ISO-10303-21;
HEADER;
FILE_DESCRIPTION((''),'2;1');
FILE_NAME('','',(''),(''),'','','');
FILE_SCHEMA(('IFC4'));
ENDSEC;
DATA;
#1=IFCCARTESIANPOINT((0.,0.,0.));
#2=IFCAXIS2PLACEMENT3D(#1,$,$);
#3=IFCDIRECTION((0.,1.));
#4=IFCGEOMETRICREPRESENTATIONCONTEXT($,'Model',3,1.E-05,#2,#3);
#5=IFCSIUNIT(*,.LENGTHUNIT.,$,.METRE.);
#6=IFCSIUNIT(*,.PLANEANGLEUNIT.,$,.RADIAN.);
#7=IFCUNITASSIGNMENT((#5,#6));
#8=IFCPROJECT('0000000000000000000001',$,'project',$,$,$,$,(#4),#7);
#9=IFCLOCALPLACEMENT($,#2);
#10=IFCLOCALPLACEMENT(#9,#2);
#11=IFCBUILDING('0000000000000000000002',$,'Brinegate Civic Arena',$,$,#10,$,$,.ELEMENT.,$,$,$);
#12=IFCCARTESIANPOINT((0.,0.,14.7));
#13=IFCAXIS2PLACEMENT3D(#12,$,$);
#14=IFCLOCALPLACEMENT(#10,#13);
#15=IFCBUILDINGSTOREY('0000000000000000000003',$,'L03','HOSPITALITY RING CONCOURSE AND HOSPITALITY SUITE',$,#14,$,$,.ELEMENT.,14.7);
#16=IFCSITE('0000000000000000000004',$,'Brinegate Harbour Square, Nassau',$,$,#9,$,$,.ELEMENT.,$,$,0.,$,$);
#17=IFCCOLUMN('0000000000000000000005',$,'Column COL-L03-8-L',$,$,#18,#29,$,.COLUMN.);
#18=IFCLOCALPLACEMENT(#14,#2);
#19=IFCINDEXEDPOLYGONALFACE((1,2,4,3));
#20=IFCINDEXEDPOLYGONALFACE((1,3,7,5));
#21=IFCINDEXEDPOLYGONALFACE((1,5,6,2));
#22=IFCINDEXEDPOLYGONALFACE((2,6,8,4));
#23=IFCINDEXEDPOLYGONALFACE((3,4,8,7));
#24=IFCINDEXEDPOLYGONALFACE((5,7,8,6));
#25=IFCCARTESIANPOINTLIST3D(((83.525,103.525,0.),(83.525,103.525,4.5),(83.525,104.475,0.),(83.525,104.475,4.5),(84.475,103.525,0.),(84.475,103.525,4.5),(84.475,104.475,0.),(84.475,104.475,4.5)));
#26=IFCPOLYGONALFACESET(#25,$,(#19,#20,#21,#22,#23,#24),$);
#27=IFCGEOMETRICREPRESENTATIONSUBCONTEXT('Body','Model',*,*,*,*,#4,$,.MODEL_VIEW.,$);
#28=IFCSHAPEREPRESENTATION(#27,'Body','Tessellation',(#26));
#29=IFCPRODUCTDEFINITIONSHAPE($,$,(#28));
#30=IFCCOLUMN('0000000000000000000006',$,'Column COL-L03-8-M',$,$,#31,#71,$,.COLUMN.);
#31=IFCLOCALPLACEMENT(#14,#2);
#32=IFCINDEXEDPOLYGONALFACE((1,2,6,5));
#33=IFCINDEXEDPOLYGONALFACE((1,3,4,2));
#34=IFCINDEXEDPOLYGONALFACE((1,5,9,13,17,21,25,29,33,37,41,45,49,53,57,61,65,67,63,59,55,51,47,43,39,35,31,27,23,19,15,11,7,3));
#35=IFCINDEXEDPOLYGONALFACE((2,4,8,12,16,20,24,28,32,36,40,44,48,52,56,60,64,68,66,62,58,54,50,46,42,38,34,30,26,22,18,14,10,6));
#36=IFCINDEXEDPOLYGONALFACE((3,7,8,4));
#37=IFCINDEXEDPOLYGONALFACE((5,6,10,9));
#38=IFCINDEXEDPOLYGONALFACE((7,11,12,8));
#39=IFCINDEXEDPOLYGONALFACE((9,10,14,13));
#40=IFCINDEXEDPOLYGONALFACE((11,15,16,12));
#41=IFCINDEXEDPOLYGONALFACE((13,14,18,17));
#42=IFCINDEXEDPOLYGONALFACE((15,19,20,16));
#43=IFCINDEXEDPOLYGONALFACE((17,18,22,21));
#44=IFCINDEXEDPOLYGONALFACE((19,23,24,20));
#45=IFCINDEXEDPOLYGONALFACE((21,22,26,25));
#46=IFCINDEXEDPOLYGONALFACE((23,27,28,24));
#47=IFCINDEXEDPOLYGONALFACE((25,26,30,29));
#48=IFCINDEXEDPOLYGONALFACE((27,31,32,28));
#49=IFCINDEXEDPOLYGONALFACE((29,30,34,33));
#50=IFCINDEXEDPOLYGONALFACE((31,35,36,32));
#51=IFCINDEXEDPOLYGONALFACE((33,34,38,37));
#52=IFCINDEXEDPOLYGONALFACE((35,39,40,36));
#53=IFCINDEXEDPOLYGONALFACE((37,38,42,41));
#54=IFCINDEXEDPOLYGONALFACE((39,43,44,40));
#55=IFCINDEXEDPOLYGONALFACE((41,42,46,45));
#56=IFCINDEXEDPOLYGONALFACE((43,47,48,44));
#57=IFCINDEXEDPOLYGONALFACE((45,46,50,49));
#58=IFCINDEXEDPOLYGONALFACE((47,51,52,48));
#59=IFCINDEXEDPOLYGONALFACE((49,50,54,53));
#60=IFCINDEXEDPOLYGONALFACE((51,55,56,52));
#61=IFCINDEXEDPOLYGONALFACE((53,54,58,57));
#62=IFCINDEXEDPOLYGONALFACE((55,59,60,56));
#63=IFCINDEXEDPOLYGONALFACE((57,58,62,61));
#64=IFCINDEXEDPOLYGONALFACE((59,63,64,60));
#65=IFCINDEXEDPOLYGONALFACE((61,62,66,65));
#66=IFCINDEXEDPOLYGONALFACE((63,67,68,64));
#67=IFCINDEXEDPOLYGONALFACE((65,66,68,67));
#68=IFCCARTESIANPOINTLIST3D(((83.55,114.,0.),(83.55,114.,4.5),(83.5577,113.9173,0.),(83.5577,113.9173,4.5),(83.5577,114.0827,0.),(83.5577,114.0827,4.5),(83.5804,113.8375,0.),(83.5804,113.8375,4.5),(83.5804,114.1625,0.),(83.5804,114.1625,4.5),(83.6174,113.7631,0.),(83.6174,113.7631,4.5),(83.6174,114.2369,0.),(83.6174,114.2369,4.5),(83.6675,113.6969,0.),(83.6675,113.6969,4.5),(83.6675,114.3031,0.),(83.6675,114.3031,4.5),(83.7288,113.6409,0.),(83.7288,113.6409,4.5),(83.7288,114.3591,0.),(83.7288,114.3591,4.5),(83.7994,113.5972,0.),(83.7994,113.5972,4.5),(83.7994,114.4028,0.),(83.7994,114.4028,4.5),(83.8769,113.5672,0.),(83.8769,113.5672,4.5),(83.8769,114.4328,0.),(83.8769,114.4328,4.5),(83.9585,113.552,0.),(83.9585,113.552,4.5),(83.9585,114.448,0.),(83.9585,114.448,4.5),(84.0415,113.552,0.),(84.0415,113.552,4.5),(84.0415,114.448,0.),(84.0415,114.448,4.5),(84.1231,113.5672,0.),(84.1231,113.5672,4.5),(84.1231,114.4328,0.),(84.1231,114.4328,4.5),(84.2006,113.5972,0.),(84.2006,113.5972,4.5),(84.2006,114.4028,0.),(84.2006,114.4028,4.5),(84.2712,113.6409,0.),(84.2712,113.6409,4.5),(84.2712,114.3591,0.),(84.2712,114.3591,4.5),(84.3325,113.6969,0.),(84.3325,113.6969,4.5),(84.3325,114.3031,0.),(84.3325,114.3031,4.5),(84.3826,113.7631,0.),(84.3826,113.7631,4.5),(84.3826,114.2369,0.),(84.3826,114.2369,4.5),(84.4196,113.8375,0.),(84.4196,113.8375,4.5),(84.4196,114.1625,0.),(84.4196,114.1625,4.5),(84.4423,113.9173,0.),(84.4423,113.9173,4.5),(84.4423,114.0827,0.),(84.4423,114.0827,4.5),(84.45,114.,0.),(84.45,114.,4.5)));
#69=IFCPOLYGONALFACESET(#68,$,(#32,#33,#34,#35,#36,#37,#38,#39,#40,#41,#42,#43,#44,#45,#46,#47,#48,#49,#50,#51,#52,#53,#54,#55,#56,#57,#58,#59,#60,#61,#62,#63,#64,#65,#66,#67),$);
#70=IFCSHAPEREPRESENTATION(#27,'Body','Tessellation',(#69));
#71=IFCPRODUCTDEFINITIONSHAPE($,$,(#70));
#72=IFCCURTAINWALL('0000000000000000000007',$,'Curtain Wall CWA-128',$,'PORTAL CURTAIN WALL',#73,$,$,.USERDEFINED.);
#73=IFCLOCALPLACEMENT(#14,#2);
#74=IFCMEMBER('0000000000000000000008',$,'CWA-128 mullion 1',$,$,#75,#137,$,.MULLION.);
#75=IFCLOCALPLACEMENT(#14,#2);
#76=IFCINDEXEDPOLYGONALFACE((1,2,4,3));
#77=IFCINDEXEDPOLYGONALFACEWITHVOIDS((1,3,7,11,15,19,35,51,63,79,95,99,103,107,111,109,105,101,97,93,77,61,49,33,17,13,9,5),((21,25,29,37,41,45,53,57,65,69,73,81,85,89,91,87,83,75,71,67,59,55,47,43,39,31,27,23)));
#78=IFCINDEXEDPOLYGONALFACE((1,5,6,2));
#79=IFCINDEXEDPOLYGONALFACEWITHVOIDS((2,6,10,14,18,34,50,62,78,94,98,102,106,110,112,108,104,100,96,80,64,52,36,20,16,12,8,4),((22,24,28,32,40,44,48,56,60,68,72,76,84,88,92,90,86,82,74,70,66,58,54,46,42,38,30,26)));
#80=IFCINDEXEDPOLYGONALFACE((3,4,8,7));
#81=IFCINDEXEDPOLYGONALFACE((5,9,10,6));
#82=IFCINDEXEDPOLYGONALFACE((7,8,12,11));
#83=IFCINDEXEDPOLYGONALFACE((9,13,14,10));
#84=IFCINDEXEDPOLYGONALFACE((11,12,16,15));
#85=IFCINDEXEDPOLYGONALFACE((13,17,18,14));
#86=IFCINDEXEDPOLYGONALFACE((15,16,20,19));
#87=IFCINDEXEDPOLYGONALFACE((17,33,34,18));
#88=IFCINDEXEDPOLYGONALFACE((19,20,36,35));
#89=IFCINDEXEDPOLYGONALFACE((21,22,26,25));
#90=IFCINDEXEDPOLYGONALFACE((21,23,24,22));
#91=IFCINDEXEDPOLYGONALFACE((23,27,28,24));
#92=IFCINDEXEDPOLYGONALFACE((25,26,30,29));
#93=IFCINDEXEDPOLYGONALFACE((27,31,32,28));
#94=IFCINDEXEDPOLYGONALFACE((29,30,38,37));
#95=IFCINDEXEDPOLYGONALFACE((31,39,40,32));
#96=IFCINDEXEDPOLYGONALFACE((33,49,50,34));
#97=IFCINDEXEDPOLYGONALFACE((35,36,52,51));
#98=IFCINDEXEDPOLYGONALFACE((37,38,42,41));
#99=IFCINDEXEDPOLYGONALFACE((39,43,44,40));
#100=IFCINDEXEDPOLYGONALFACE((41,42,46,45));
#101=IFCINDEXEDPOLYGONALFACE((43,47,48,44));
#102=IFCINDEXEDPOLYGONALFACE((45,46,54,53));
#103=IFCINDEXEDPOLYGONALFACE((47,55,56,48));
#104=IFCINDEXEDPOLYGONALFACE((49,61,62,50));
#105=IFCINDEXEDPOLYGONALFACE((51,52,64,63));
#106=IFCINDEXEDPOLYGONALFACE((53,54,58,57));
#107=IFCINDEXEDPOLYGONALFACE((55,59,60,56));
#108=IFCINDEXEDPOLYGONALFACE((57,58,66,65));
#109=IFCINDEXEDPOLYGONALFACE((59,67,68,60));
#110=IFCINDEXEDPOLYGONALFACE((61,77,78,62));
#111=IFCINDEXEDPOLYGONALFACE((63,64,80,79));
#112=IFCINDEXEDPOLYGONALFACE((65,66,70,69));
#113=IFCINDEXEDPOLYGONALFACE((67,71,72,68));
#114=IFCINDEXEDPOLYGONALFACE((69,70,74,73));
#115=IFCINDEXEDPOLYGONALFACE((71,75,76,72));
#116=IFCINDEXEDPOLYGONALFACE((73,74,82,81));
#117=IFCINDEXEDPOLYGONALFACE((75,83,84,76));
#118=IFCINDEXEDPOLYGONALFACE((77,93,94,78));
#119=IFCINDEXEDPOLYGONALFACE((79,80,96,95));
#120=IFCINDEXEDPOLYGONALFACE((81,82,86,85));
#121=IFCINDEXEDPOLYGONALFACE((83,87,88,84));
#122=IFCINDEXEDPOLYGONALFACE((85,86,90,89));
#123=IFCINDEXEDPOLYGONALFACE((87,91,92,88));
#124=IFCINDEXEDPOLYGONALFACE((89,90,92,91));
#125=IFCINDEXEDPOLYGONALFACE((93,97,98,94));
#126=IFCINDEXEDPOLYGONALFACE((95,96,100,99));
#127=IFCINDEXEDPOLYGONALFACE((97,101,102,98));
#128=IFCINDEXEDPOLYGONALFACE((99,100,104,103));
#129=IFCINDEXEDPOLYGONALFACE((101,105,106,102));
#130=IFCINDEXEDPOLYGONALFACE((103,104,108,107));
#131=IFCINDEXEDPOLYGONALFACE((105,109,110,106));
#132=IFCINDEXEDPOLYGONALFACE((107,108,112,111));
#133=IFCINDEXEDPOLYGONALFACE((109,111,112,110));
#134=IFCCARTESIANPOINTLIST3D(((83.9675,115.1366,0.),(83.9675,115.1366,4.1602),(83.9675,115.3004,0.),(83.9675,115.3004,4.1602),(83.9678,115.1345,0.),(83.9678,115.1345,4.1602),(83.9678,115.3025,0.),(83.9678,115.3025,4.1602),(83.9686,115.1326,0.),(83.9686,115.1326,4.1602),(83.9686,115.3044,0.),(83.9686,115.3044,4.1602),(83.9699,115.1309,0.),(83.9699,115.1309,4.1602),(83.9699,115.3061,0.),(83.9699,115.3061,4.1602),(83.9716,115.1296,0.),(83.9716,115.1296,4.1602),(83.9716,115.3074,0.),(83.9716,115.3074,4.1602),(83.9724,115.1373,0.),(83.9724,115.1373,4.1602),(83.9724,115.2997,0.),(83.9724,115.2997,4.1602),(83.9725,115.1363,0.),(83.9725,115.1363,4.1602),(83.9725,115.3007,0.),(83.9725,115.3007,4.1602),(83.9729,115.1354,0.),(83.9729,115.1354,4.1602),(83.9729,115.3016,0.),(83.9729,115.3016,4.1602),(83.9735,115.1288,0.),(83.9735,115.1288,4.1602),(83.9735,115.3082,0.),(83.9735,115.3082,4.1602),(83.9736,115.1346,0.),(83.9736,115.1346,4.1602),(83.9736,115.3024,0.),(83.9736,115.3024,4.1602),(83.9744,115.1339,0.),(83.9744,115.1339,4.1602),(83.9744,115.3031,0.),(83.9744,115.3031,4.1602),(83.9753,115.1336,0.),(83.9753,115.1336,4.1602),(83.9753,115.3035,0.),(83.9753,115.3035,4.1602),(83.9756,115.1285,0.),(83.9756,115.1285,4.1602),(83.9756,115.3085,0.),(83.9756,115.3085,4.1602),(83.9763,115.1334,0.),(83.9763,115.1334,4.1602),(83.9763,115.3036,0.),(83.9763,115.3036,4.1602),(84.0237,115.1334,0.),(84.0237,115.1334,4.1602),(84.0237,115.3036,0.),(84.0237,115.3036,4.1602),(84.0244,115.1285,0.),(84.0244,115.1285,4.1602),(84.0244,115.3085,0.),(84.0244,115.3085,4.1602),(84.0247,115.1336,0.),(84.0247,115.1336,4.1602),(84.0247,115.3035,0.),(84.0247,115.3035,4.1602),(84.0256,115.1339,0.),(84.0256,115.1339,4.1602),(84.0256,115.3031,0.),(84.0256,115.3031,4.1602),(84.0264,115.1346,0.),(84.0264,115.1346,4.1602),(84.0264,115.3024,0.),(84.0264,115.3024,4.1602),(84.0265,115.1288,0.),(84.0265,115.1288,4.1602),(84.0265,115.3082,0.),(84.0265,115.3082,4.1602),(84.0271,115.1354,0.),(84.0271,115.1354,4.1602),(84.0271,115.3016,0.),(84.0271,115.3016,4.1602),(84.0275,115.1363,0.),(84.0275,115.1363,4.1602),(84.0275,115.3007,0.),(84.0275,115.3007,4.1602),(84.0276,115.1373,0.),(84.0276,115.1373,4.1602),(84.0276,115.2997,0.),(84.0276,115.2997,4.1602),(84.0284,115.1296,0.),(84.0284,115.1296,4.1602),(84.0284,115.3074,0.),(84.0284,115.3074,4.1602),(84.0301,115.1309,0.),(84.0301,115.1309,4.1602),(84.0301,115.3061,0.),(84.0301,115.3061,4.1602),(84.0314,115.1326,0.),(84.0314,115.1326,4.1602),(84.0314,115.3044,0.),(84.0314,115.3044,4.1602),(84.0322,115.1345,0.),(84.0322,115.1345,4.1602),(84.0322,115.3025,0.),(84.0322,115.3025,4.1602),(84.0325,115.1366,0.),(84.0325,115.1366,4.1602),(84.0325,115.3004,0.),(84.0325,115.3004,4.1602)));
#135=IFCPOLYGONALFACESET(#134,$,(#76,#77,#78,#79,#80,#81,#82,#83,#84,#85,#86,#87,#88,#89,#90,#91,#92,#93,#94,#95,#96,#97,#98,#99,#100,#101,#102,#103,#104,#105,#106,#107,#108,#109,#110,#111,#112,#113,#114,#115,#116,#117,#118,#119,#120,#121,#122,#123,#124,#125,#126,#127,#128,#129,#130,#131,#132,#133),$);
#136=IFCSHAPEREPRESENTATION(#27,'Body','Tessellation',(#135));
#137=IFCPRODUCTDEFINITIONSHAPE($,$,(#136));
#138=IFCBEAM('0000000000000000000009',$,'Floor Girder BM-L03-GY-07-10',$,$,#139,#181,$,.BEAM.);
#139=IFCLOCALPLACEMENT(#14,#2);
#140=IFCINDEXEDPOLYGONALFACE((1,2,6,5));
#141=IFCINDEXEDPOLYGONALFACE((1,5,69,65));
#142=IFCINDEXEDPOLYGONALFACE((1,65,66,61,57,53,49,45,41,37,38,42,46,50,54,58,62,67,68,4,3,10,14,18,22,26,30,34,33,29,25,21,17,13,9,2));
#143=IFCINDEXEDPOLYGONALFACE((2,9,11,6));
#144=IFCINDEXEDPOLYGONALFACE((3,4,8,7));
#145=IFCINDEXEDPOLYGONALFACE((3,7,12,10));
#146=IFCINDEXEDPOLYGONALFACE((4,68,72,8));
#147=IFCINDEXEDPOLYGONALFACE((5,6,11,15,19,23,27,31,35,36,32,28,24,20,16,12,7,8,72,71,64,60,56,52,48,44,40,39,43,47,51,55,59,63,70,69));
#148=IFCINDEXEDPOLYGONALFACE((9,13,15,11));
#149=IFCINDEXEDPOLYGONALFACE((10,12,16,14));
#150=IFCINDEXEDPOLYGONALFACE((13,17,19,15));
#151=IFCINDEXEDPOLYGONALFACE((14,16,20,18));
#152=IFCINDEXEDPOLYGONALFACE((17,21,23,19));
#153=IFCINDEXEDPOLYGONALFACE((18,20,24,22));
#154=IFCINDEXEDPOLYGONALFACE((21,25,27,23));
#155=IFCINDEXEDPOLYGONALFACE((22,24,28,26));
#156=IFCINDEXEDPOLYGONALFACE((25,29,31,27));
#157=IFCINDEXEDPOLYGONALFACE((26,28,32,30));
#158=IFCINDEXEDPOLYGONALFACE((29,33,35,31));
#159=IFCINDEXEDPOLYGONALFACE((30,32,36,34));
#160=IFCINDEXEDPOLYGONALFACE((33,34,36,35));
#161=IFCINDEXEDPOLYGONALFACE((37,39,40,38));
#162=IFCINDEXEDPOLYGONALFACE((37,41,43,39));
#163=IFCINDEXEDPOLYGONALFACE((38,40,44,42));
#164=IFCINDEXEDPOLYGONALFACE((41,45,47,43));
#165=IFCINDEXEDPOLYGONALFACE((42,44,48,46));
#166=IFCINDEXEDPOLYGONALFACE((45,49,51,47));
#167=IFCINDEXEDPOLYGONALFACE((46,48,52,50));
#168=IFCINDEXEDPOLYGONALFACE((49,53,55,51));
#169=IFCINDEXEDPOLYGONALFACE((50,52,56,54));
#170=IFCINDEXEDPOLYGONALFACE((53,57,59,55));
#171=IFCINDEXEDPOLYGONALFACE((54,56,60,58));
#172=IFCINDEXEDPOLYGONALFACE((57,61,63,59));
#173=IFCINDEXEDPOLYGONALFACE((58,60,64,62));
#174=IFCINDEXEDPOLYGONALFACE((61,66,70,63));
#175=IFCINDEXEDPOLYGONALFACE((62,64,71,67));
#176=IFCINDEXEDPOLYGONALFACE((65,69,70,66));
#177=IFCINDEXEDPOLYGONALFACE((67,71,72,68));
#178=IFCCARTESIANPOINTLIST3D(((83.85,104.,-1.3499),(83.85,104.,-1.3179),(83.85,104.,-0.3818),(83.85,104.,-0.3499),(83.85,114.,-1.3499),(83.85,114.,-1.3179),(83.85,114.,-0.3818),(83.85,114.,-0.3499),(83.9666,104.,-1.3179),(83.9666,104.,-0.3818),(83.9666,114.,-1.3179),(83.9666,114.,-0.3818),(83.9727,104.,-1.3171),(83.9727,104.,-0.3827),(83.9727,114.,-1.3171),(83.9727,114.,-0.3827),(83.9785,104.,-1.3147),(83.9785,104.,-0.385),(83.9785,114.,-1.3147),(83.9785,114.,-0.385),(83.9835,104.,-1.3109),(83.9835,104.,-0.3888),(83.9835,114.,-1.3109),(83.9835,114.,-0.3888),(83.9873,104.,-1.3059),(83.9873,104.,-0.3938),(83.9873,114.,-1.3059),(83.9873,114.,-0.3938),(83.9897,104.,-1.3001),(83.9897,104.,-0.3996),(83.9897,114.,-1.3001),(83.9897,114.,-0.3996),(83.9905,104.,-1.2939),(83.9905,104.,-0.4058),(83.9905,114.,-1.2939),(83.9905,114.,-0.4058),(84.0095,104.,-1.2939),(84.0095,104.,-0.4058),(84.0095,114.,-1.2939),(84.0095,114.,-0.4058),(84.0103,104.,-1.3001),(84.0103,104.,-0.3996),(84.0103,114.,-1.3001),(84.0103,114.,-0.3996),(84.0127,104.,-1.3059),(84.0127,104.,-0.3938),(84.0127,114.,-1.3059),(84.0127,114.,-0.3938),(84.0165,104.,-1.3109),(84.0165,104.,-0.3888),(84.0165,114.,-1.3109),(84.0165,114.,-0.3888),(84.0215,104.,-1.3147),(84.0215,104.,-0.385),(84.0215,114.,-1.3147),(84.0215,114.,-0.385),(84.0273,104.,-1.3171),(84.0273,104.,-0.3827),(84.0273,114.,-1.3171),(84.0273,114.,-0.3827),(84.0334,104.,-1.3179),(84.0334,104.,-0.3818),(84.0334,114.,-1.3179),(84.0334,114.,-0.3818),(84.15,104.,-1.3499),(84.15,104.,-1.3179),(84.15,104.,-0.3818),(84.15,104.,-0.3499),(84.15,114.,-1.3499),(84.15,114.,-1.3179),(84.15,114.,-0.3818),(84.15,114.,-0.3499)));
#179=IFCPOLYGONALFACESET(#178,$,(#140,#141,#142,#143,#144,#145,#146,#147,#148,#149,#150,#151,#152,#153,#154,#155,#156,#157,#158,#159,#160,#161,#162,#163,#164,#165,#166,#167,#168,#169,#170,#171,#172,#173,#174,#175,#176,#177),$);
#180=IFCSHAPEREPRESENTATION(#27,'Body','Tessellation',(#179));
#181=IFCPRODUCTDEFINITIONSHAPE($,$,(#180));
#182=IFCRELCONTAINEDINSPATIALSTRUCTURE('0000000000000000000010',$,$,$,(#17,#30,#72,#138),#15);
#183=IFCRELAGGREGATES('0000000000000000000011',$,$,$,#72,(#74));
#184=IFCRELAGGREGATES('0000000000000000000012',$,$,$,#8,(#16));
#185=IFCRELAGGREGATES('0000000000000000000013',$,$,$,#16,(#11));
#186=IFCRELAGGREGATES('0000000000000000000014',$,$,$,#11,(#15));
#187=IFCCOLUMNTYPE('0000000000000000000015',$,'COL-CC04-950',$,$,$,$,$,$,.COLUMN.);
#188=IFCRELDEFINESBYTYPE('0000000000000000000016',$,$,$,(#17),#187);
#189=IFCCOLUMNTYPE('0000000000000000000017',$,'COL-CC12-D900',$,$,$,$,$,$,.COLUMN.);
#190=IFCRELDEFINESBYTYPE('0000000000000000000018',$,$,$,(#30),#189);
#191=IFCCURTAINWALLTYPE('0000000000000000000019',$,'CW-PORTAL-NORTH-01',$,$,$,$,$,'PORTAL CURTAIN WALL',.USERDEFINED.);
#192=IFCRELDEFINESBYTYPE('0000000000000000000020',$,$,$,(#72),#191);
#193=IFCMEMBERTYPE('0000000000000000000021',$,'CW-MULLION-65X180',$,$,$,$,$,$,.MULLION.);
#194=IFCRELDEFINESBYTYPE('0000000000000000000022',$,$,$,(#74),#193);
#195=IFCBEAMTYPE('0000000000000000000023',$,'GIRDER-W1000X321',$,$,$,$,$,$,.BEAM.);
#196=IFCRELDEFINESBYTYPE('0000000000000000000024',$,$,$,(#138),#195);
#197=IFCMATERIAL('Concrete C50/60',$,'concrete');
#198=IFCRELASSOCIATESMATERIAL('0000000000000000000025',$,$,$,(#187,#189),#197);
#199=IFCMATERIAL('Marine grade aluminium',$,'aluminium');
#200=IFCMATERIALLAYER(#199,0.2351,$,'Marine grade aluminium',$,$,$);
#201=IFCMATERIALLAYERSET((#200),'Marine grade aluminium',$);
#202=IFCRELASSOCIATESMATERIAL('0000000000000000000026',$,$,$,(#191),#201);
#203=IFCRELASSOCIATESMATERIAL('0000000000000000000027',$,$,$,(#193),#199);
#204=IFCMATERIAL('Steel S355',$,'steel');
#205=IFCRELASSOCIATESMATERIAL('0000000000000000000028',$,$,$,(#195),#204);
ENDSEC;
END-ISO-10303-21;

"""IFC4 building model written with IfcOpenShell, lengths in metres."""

from ifc_helpers import new_model, si_unit, direction, frame, origin, origin_2d, place, context, subcontext, project, spatial, rectangle, hollow_rectangle, circle, i_section, extrude, material, layer, layer_set, material_profile, profile_set, type_object, element, aggregate, save


model = new_model("IFC4")

# Units and contexts
model_context = context("Model", 3, precision=1e-05, world=origin(), true_north=direction((0.0, 1.0)))
body_context = subcontext(model_context, "Body", "Model", "MODEL_VIEW")
ifc_project = project(units=[si_unit("LENGTHUNIT", "METRE"), si_unit("PLANEANGLEUNIT", "RADIAN")], contexts=[model_context])

# Site, building, storey
site_placement = place(None, origin())
site = spatial("IfcSite", under=ifc_project, at=site_placement, Name="Brinegate Harbour Square, Nassau", CompositionType="ELEMENT", RefElevation=0.0)
building_placement = place(site_placement, origin())
building = spatial("IfcBuilding", under=site, at=building_placement, Name="Brinegate Civic Arena", CompositionType="ELEMENT")
storey_placement = place(building_placement, frame((0.0, 0.0, 14.7)))
storey = spatial("IfcBuildingStorey", under=building, at=storey_placement, Name="L03", Description="HOSPITALITY RING CONCOURSE AND HOSPITALITY SUITE", CompositionType="ELEMENT", Elevation=14.7)

# Columns
ifc_material_1 = material(Name="Concrete C50/60", Category="concrete")
ifc_material_profile_1 = material_profile(ifc_material_1, rectangle(XDim=0.95, YDim=0.95, at=origin_2d()), Name="RC950X950")
ifc_profile_set_1 = profile_set([ifc_material_profile_1], Name="Concrete C50/60")
column_type_1 = type_object("IfcColumnType", Name="COL-CC04-950", PredefinedType="COLUMN", material=ifc_profile_set_1)
column_1_placement = place(storey_placement, frame((84.0, 104.0, 0.0), z_axis=(0.0, 0.0, 1.0), x_axis=(1.0, 0.0, 0.0)))
element("IfcColumn", 1, at=column_1_placement, inside=storey, type_object=column_type_1, Name="Column COL-L03-8-L", PredefinedType="COLUMN", context=body_context, shape_type="SweptSolid", body=[
    extrude(rectangle(XDim=0.95, YDim=0.95, at=origin_2d()), origin(), (0.0, 0.0, 1.0), 4.5),
])
ifc_material_profile_2 = material_profile(ifc_material_1, circle(Radius=0.45, at=origin_2d()), Name="RCD900")
ifc_profile_set_2 = profile_set([ifc_material_profile_2], Name="Concrete C50/60")
column_type_2 = type_object("IfcColumnType", Name="COL-CC12-D900", PredefinedType="COLUMN", material=ifc_profile_set_2)
column_2_placement = place(storey_placement, frame((84.0, 114.0, 0.0), z_axis=(0.0, 0.0, 1.0), x_axis=(1.0, 0.0, 0.0)))
element("IfcColumn", 2, at=column_2_placement, inside=storey, type_object=column_type_2, Name="Column COL-L03-8-M", PredefinedType="COLUMN", context=body_context, shape_type="SweptSolid", body=[
    extrude(circle(Radius=0.45, at=origin_2d()), origin(), (0.0, 0.0, 1.0), 4.5),
])

# Curtain wall, member
ifc_material_2 = material(Name="Marine grade aluminium", Category="aluminium")
ifc_layer_1 = layer(ifc_material_2, 0.2351, Name="Marine grade aluminium")
ifc_layer_set_1 = layer_set([ifc_layer_1], Name="Marine grade aluminium")
curtain_wall_type = type_object("IfcCurtainWallType", Name="CW-PORTAL-NORTH-01", ElementType="PORTAL CURTAIN WALL", PredefinedType="USERDEFINED", material=ifc_layer_set_1)
curtain_wall_placement = place(storey_placement, origin())
curtain_wall = element("IfcCurtainWall", 3, at=curtain_wall_placement, inside=storey, type_object=curtain_wall_type, Name="Curtain Wall CWA-128", ObjectType="PORTAL CURTAIN WALL", PredefinedType="USERDEFINED")
ifc_material_profile_3 = material_profile(ifc_material_2, hollow_rectangle(XDim=0.0649, YDim=0.1799, WallThickness=0.0049, InnerFilletRadius=0.0039, OuterFilletRadius=0.0081, at=origin_2d()), Name="MUL65X180")
ifc_profile_set_3 = profile_set([ifc_material_profile_3], Name="Marine grade aluminium")
member_type = type_object("IfcMemberType", Name="CW-MULLION-65X180", PredefinedType="MULLION", material=ifc_profile_set_3)
member_placement = place(storey_placement, frame((84.0, 115.2185, 0.0), z_axis=(0.0, 0.0, 1.0), x_axis=(-1.0, 0.0, 0.0)))
member = element("IfcMember", 4, at=member_placement, type_object=member_type, Name="CWA-128 mullion 1", PredefinedType="MULLION", context=body_context, shape_type="SweptSolid", body=[
    extrude(hollow_rectangle(XDim=0.0649, YDim=0.1799, WallThickness=0.0049, InnerFilletRadius=0.0039, OuterFilletRadius=0.0081, at=origin_2d()), origin(), (0.0, 0.0, 1.0), 4.1602),
])
aggregate(curtain_wall, [member])

# Beam
ifc_material_3 = material(Name="Steel S355", Category="steel")
ifc_material_profile_4 = material_profile(ifc_material_3, i_section(OverallWidth=0.3, OverallDepth=1.0, WebThickness=0.019, FlangeThickness=0.032, FilletRadius=0.0239, at=origin_2d()), Name="W1000X321")
ifc_profile_set_4 = profile_set([ifc_material_profile_4], Name="Steel S355")
beam_type_1 = type_object("IfcBeamType", Name="GIRDER-W1000X321", PredefinedType="BEAM", material=ifc_profile_set_4)
beam_1_placement = place(storey_placement, frame((84.0, 104.0, -0.8499), z_axis=(0.0, 1.0, 0.0), x_axis=(-1.0, 0.0, 0.0)))
element("IfcBeam", 5, at=beam_1_placement, inside=storey, type_object=beam_type_1, Name="Floor Girder BM-L03-GY-07-10", PredefinedType="BEAM", context=body_context, shape_type="SweptSolid", body=[
    extrude(i_section(OverallWidth=0.3, OverallDepth=1.0, WebThickness=0.019, FlangeThickness=0.032, FilletRadius=0.0239, at=origin_2d()), origin(), (0.0, 0.0, 1.0), 10.0),
])

save(model, "model.ifc")
